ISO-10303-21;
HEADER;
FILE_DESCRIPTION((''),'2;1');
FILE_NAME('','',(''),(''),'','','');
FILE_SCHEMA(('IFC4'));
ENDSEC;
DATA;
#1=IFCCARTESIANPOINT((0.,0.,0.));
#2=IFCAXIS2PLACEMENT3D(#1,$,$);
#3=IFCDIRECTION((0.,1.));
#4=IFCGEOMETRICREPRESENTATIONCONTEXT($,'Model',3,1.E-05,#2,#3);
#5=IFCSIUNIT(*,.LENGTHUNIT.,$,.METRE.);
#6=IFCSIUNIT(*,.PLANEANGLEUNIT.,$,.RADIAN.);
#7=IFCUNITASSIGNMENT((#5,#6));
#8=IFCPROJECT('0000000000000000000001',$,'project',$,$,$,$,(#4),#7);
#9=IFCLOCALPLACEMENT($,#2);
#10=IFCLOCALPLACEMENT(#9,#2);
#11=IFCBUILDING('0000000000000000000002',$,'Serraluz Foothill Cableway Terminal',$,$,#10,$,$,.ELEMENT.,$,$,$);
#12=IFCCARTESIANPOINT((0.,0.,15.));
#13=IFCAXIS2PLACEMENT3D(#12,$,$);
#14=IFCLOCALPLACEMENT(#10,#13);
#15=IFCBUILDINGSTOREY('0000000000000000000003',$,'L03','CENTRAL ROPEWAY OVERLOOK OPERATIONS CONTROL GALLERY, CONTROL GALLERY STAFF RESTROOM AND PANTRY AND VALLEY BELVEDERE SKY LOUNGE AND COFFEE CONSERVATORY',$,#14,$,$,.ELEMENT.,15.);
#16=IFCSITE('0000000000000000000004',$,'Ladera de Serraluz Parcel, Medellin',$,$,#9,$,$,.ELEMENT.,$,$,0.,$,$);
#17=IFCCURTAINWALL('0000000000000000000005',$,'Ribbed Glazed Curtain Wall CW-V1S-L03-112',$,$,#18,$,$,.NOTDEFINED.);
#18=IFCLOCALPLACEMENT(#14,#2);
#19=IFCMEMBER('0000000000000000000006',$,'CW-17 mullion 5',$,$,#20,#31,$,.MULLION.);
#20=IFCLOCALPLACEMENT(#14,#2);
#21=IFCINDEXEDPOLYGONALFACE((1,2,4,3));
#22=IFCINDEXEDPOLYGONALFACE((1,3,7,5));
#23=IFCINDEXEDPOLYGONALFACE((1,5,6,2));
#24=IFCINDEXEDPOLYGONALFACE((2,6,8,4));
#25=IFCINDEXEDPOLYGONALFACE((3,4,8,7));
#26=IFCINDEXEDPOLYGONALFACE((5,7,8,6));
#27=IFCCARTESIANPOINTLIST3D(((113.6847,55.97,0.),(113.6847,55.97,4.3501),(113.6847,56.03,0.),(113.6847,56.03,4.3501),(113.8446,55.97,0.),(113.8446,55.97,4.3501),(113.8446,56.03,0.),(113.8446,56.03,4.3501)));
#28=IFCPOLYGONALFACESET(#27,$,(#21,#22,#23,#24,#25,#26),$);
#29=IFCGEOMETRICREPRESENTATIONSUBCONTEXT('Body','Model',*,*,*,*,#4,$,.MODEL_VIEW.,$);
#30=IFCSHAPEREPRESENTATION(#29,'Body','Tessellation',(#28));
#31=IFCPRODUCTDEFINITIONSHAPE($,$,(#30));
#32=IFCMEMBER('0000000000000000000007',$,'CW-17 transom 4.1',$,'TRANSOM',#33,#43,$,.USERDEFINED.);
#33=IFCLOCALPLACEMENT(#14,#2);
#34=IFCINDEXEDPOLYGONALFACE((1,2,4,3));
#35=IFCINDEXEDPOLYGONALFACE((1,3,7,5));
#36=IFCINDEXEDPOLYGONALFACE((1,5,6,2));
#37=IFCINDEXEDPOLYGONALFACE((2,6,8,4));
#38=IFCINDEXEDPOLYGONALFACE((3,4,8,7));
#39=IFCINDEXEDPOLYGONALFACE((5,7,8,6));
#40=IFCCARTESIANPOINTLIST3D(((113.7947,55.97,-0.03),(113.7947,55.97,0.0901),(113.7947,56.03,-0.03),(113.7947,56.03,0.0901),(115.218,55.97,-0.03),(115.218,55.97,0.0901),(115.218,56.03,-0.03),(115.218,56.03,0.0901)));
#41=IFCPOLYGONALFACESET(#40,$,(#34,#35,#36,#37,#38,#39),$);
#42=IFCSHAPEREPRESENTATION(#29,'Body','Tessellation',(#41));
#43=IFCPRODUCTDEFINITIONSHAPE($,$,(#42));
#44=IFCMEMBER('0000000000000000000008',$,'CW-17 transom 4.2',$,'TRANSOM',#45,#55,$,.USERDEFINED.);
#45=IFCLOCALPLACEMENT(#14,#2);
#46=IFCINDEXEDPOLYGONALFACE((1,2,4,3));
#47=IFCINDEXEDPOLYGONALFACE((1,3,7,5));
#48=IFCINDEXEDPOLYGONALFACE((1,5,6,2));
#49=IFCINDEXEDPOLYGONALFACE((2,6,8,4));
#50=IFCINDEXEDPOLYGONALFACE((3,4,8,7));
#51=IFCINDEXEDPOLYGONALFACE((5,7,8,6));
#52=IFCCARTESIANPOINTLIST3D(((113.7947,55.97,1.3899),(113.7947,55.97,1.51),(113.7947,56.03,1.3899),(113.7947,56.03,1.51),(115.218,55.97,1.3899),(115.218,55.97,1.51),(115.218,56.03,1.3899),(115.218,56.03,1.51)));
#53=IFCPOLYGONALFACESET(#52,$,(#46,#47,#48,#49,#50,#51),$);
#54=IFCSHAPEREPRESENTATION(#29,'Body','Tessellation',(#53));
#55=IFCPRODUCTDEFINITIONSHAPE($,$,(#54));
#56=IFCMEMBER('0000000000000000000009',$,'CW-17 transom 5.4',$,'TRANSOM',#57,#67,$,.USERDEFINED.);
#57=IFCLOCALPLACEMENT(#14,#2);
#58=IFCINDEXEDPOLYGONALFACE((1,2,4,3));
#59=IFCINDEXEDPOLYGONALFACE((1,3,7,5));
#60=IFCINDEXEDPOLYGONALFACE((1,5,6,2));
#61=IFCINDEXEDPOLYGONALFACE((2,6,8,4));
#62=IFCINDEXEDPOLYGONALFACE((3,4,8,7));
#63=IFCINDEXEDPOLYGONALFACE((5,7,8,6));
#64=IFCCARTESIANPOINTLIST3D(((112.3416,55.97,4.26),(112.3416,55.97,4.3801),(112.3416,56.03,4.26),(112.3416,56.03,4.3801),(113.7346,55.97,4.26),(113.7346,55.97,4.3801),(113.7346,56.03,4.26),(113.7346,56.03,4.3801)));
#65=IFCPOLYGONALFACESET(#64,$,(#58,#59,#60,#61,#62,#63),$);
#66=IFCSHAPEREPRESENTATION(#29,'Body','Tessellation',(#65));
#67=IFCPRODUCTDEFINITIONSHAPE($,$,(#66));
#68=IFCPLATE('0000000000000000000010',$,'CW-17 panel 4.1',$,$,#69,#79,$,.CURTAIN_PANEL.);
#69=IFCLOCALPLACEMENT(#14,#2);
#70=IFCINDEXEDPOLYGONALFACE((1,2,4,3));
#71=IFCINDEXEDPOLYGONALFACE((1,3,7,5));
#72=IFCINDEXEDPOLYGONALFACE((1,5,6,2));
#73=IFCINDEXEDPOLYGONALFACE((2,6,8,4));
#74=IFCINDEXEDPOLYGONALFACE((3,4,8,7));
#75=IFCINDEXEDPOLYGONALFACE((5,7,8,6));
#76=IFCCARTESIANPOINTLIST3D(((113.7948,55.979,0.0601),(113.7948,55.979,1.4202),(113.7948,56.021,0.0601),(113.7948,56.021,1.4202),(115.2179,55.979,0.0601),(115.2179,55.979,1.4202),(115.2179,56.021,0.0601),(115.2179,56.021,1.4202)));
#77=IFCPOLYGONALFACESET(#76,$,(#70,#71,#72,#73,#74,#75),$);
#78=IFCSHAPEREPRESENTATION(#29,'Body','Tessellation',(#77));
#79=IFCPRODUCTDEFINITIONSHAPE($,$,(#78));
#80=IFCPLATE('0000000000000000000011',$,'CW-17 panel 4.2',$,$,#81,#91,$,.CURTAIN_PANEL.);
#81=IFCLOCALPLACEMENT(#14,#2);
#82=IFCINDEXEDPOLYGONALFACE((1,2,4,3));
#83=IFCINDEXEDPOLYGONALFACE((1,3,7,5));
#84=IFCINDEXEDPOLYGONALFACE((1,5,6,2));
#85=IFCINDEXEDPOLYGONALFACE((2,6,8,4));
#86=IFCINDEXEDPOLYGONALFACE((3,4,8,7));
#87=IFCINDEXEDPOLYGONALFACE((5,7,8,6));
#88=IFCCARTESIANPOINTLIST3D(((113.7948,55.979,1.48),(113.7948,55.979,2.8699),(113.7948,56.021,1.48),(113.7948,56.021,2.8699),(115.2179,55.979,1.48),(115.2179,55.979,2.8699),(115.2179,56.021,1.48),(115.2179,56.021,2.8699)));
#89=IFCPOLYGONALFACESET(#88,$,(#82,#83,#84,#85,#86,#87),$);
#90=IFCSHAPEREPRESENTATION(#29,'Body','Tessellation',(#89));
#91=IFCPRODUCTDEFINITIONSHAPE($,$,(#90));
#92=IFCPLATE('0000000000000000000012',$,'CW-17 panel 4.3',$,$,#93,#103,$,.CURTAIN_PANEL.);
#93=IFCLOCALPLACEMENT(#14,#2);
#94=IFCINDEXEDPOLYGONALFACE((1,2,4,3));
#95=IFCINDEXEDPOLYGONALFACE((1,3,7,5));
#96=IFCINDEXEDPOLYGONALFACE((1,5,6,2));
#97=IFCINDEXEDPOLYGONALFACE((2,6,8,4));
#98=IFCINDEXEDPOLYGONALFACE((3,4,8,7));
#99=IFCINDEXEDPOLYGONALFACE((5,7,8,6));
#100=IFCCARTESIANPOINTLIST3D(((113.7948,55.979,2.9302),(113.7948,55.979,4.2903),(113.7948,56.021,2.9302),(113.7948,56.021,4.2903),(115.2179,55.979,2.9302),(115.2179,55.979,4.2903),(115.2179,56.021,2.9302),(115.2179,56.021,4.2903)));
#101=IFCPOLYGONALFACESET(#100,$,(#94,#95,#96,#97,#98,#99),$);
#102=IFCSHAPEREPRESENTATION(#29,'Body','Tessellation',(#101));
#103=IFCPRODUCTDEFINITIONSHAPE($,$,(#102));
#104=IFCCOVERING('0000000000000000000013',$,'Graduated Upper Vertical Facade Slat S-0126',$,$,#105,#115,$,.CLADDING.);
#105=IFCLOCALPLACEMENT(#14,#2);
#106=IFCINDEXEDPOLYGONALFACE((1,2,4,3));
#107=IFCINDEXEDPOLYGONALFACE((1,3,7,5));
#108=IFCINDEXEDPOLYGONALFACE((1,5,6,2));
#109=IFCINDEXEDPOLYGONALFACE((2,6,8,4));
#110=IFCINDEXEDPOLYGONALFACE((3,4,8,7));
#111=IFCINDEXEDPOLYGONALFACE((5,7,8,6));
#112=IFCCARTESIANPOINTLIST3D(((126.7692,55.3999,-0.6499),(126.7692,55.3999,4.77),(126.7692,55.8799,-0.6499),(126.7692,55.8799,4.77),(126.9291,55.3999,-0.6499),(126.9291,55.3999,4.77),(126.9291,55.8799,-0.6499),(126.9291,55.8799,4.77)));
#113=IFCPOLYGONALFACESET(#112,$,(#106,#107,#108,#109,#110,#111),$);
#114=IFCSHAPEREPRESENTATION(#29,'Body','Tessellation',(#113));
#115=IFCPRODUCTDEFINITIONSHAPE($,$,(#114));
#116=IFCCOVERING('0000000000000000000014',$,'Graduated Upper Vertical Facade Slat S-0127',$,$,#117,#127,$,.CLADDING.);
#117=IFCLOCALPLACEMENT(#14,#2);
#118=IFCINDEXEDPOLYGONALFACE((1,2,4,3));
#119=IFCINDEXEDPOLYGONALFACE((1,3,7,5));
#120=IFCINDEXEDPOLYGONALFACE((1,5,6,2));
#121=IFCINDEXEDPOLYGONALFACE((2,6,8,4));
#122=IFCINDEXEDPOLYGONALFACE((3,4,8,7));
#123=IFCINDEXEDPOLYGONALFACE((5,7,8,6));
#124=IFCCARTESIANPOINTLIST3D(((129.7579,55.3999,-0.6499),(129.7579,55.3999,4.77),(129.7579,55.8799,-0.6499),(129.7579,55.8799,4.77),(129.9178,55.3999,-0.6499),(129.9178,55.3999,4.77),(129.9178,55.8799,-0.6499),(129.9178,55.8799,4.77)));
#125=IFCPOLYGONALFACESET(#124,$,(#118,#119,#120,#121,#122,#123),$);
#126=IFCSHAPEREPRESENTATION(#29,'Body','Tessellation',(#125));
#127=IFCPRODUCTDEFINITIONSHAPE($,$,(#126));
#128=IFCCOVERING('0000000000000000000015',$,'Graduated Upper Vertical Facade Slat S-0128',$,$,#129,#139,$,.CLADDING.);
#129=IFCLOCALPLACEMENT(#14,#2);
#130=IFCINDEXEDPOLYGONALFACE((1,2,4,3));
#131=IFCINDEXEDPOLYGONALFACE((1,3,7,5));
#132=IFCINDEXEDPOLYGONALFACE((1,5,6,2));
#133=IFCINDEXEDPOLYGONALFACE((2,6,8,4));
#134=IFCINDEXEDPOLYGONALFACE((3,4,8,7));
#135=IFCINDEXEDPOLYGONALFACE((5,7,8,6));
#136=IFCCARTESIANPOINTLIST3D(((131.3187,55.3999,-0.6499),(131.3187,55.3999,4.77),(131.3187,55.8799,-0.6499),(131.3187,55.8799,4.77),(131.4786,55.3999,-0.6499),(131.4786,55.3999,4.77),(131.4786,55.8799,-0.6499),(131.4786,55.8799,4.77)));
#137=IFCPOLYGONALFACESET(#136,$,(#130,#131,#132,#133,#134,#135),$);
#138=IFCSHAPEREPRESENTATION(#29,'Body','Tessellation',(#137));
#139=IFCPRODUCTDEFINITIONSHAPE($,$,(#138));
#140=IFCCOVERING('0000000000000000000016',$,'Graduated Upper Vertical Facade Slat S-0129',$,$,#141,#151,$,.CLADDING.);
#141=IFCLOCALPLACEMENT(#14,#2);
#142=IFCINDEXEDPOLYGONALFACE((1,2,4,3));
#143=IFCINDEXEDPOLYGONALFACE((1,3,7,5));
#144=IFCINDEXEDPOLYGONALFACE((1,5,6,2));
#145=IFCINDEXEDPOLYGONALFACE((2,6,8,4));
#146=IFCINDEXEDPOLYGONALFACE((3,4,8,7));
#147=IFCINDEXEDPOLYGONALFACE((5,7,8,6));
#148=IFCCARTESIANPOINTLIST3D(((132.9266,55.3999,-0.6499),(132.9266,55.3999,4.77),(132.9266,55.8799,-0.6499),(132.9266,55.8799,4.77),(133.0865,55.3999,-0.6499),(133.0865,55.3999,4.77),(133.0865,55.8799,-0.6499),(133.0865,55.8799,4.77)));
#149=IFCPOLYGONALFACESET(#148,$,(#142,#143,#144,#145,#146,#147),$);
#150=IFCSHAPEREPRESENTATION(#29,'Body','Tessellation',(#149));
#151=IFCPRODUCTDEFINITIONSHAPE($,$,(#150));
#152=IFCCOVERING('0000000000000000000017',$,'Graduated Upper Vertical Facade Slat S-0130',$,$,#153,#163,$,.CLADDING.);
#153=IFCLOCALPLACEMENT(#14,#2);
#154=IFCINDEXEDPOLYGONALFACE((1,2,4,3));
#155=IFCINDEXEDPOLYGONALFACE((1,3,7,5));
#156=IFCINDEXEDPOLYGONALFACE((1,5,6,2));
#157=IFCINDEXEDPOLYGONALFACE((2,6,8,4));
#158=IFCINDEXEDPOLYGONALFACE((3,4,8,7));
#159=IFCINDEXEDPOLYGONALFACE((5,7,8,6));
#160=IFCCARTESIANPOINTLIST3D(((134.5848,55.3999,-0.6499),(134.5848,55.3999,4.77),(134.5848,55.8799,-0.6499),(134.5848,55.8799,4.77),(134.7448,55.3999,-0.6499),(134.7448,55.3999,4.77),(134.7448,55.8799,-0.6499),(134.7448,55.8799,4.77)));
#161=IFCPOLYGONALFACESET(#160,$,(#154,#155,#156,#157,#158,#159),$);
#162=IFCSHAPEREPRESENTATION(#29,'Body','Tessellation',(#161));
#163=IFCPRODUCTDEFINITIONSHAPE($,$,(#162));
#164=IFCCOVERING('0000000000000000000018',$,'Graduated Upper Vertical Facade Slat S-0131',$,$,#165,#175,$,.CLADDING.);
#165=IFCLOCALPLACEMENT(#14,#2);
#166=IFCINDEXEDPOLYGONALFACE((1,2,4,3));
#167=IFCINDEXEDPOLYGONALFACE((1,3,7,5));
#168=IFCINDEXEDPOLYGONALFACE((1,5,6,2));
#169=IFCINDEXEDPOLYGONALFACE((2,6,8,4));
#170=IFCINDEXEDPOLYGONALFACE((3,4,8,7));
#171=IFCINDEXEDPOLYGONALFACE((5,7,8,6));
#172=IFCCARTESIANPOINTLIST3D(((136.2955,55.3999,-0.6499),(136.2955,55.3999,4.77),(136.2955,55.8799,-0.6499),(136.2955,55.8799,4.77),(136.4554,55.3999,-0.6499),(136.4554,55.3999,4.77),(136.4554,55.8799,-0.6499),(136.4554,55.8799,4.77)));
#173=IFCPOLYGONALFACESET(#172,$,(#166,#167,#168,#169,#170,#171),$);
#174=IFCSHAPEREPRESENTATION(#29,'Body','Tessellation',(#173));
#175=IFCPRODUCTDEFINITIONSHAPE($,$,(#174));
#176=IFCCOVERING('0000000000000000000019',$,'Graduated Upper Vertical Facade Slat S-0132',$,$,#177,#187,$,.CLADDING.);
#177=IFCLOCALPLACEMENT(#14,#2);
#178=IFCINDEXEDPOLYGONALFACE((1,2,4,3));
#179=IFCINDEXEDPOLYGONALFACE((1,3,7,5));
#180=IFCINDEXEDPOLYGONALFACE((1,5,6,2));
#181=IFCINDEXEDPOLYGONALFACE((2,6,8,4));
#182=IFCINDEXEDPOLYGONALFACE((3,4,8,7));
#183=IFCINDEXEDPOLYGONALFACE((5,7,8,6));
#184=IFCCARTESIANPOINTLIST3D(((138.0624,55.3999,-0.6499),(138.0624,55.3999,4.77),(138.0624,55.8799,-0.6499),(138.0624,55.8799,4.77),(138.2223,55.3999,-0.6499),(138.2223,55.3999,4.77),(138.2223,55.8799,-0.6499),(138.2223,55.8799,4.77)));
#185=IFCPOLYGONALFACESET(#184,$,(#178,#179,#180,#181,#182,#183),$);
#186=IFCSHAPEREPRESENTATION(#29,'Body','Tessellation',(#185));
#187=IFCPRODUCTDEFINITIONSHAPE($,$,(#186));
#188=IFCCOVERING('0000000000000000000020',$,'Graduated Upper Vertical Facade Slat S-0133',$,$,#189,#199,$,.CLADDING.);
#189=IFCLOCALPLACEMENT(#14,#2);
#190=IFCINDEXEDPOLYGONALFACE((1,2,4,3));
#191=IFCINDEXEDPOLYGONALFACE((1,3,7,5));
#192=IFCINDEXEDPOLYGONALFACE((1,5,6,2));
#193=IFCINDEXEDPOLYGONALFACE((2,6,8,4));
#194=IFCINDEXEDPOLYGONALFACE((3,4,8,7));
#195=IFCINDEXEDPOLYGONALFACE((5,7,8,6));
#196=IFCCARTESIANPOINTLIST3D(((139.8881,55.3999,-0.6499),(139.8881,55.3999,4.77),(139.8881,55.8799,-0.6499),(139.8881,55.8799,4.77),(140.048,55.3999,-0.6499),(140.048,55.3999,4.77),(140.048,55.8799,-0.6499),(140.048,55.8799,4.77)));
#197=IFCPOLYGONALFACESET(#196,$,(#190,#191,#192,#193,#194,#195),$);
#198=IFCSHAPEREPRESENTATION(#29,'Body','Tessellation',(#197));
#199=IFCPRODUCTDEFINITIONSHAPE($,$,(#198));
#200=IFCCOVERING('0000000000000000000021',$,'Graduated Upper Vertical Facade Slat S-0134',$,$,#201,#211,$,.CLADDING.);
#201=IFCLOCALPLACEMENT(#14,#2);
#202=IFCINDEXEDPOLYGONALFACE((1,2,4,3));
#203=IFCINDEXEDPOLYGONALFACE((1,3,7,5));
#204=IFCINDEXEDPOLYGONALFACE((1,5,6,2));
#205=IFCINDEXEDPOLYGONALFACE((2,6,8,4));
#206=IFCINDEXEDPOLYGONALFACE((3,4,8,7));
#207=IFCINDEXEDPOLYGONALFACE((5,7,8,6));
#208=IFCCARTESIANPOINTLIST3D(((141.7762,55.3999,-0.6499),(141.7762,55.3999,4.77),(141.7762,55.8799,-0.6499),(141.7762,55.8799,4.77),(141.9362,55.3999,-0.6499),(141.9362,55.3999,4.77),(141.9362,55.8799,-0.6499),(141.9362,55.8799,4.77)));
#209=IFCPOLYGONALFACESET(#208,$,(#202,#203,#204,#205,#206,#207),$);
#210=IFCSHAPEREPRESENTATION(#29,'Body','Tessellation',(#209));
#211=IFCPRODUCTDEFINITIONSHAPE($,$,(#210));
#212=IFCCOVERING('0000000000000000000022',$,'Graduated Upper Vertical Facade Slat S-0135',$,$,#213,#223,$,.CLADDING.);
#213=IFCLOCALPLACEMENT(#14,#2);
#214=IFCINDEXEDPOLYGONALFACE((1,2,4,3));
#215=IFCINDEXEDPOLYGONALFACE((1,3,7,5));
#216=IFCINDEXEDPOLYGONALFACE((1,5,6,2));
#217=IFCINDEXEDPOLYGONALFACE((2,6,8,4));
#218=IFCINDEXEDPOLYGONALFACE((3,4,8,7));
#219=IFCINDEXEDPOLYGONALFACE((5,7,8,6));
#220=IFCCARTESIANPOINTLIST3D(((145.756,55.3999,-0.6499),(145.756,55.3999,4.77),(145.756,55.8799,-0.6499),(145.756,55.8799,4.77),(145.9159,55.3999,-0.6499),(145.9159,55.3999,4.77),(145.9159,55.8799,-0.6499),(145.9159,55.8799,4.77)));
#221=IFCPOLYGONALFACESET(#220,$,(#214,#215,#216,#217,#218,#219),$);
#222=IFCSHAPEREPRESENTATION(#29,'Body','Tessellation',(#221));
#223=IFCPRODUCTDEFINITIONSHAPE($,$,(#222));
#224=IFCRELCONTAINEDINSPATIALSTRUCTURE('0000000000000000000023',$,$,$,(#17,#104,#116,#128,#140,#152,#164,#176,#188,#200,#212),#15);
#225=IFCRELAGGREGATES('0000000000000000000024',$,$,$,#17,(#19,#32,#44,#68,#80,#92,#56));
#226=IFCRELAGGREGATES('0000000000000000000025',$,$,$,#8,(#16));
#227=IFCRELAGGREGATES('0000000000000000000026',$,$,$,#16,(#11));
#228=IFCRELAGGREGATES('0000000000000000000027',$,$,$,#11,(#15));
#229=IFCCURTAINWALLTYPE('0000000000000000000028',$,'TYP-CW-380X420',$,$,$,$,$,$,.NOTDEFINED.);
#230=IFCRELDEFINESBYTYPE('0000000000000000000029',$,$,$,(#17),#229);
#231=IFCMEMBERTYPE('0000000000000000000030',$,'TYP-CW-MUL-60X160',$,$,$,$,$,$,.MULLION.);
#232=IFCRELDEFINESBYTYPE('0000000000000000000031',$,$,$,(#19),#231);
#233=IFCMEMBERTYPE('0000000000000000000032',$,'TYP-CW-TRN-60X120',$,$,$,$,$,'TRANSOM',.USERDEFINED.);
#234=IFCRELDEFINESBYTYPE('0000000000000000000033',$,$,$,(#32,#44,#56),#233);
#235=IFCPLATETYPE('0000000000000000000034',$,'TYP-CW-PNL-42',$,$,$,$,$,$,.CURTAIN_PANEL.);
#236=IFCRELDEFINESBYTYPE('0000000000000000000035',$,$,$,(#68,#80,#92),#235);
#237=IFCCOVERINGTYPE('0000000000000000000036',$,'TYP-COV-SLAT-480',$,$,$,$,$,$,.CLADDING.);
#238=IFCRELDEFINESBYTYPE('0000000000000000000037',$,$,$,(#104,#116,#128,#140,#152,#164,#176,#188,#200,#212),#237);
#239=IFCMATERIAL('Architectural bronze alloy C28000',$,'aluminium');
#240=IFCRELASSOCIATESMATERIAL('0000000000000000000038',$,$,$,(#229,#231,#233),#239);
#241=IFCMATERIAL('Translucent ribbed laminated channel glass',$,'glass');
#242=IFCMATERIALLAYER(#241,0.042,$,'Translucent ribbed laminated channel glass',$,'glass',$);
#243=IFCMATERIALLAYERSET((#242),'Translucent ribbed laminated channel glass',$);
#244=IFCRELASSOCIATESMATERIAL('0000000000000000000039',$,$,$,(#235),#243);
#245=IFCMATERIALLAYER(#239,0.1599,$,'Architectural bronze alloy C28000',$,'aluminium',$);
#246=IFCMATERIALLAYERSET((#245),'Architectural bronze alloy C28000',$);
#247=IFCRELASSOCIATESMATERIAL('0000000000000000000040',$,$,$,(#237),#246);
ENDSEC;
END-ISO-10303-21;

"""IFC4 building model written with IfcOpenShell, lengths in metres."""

from ifc_helpers import new_model, si_unit, direction, frame, origin, origin_2d, place, context, subcontext, project, spatial, rectangle, extrude, material, layer, layer_set, material_profile, profile_set, type_object, element, aggregate, save


model = new_model("IFC4")

# Units and contexts
model_context = context("Model", 3, precision=1e-05, world=origin(), true_north=direction((0.0, 1.0)))
body_context = subcontext(model_context, "Body", "Model", "MODEL_VIEW")
ifc_project = project(units=[si_unit("LENGTHUNIT", "METRE"), si_unit("PLANEANGLEUNIT", "RADIAN")], contexts=[model_context])

# Site, building, storey
site_placement = place(None, origin())
site = spatial("IfcSite", under=ifc_project, at=site_placement, Name="Ladera de Serraluz Parcel, Medellin", CompositionType="ELEMENT", RefElevation=0.0)
building_placement = place(site_placement, origin())
building = spatial("IfcBuilding", under=site, at=building_placement, Name="Serraluz Foothill Cableway Terminal", CompositionType="ELEMENT")
storey_placement = place(building_placement, frame((0.0, 0.0, 15.0)))
storey = spatial("IfcBuildingStorey", under=building, at=storey_placement, Name="L03", Description="CENTRAL ROPEWAY OVERLOOK OPERATIONS CONTROL GALLERY, CONTROL GALLERY STAFF RESTROOM AND PANTRY AND VALLEY BELVEDERE SKY LOUNGE AND COFFEE CONSERVATORY", CompositionType="ELEMENT", Elevation=15.0)

# Curtain wall, members, plates
ifc_material_1 = material(Name="Architectural bronze alloy C28000", Category="aluminium")
curtain_wall_type = type_object("IfcCurtainWallType", Name="TYP-CW-380X420", PredefinedType="NOTDEFINED", material=ifc_material_1)
curtain_wall_placement = place(storey_placement, origin())
curtain_wall = element("IfcCurtainWall", 1, at=curtain_wall_placement, inside=storey, type_object=curtain_wall_type, Name="Ribbed Glazed Curtain Wall CW-V1S-L03-112", PredefinedType="NOTDEFINED")
ifc_material_profile_1 = material_profile(ifc_material_1, rectangle(XDim=0.0601, YDim=0.1599, at=origin_2d()), Name="ALU MULLION 60x160")
ifc_profile_set_1 = profile_set([ifc_material_profile_1], Name="Architectural bronze alloy C28000")
member_type_1 = type_object("IfcMemberType", Name="TYP-CW-MUL-60X160", PredefinedType="MULLION", material=ifc_profile_set_1)
member_1_placement = place(storey_placement, frame((113.7646, 56.0, 0.0), z_axis=(0.0, 0.0, 1.0), x_axis=(0.0, -1.0, 0.0)))
member_1 = element("IfcMember", 2, at=member_1_placement, type_object=member_type_1, Name="CW-17 mullion 5", PredefinedType="MULLION", context=body_context, shape_type="SweptSolid", body=[
    extrude(rectangle(XDim=0.0601, YDim=0.1599, at=origin_2d()), origin(), (0.0, 0.0, 1.0), 4.3501),
])
ifc_material_profile_2 = material_profile(ifc_material_1, rectangle(XDim=0.0601, YDim=0.1201, at=origin_2d()), Name="ALU TRANSOM 60x120")
ifc_profile_set_2 = profile_set([ifc_material_profile_2], Name="Architectural bronze alloy C28000")
member_type_2 = type_object("IfcMemberType", Name="TYP-CW-TRN-60X120", ElementType="TRANSOM", PredefinedType="USERDEFINED", material=ifc_profile_set_2)
member_2_placement = place(storey_placement, frame((115.218, 56.0, 0.03), z_axis=(-1.0, 0.0, 0.0), x_axis=(0.0, -1.0, 0.0)))
member_2 = element("IfcMember", 3, at=member_2_placement, type_object=member_type_2, Name="CW-17 transom 4.1", ObjectType="TRANSOM", PredefinedType="USERDEFINED", context=body_context, shape_type="SweptSolid", body=[
    extrude(rectangle(XDim=0.0601, YDim=0.1201, at=origin_2d()), origin(), (0.0, 0.0, 1.0), 1.4233),
])
member_3_placement = place(storey_placement, frame((115.218, 56.0, 1.45), z_axis=(-1.0, 0.0, 0.0), x_axis=(0.0, -1.0, 0.0)))
member_3 = element("IfcMember", 4, at=member_3_placement, type_object=member_type_2, Name="CW-17 transom 4.2", ObjectType="TRANSOM", PredefinedType="USERDEFINED", context=body_context, shape_type="SweptSolid", body=[
    extrude(rectangle(XDim=0.0601, YDim=0.1201, at=origin_2d()), origin(), (0.0, 0.0, 1.0), 1.4233),
])
member_4_placement = place(storey_placement, frame((113.7346, 56.0, 4.3201), z_axis=(-1.0, 0.0, 0.0), x_axis=(0.0, -1.0, 0.0)))
member_4 = element("IfcMember", 5, at=member_4_placement, type_object=member_type_2, Name="CW-17 transom 5.4", ObjectType="TRANSOM", PredefinedType="USERDEFINED", context=body_context, shape_type="SweptSolid", body=[
    extrude(rectangle(XDim=0.0601, YDim=0.1201, at=origin_2d()), origin(), (0.0, 0.0, 1.0), 1.3931),
])
ifc_material_2 = material(Name="Translucent ribbed laminated channel glass", Category="glass")
ifc_layer_1 = layer(ifc_material_2, 0.042, Name="Translucent ribbed laminated channel glass", Category="glass")
ifc_layer_set_1 = layer_set([ifc_layer_1], Name="Translucent ribbed laminated channel glass")
plate_type = type_object("IfcPlateType", Name="TYP-CW-PNL-42", PredefinedType="CURTAIN_PANEL", material=ifc_layer_set_1)
plate_1_placement = place(storey_placement, frame((114.5063, 56.0, 0.0601), z_axis=(0.0, 0.0, 1.0), x_axis=(-1.0, 0.0, 0.0)))
plate_1 = element("IfcPlate", 6, at=plate_1_placement, type_object=plate_type, Name="CW-17 panel 4.1", PredefinedType="CURTAIN_PANEL", context=body_context, shape_type="SweptSolid", body=[
    extrude(rectangle(XDim=1.4231, YDim=0.042, at=origin_2d()), origin(), (0.0, 0.0, 1.0), 1.3601),
])
plate_2_placement = place(storey_placement, frame((114.5063, 56.0, 1.48), z_axis=(0.0, 0.0, 1.0), x_axis=(-1.0, 0.0, 0.0)))
plate_2 = element("IfcPlate", 7, at=plate_2_placement, type_object=plate_type, Name="CW-17 panel 4.2", PredefinedType="CURTAIN_PANEL", context=body_context, shape_type="SweptSolid", body=[
    extrude(rectangle(XDim=1.4231, YDim=0.042, at=origin_2d()), origin(), (0.0, 0.0, 1.0), 1.3899),
])
plate_3_placement = place(storey_placement, frame((114.5063, 56.0, 2.9302), z_axis=(0.0, 0.0, 1.0), x_axis=(-1.0, 0.0, 0.0)))
plate_3 = element("IfcPlate", 8, at=plate_3_placement, type_object=plate_type, Name="CW-17 panel 4.3", PredefinedType="CURTAIN_PANEL", context=body_context, shape_type="SweptSolid", body=[
    extrude(rectangle(XDim=1.4231, YDim=0.042, at=origin_2d()), origin(), (0.0, 0.0, 1.0), 1.3601),
])
aggregate(curtain_wall, [member_1, member_2, member_3, plate_1, plate_2, plate_3, member_4])

# Coverings
ifc_layer_2 = layer(ifc_material_1, 0.1599, Name="Architectural bronze alloy C28000", Category="aluminium")
ifc_layer_set_2 = layer_set([ifc_layer_2], Name="Architectural bronze alloy C28000")
covering_type = type_object("IfcCoveringType", Name="TYP-COV-SLAT-480", PredefinedType="CLADDING", material=ifc_layer_set_2)
for number, where, z_axis, x_axis, name in (
    (9, (126.8491, 55.6399, -0.6499), (0.0, 0.0, 1.0), (1.0, 0.0, 0.0), "Graduated Upper Vertical Facade Slat S-0126"),
    (10, (129.8379, 55.6399, -0.6499), (0.0, 0.0, 1.0), (1.0, 0.0, 0.0), "Graduated Upper Vertical Facade Slat S-0127"),
    (11, (131.3987, 55.6399, -0.6499), (0.0, 0.0, 1.0), (1.0, 0.0, 0.0), "Graduated Upper Vertical Facade Slat S-0128"),
    (12, (133.0066, 55.6399, -0.6499), (0.0, 0.0, 1.0), (1.0, 0.0, 0.0), "Graduated Upper Vertical Facade Slat S-0129"),
    (13, (134.6648, 55.6399, -0.6499), (0.0, 0.0, 1.0), (1.0, 0.0, 0.0), "Graduated Upper Vertical Facade Slat S-0130"),
    (14, (136.3755, 55.6399, -0.6499), (0.0, 0.0, 1.0), (1.0, 0.0, 0.0), "Graduated Upper Vertical Facade Slat S-0131"),
    (15, (138.1423, 55.6399, -0.6499), (0.0, 0.0, 1.0), (1.0, 0.0, 0.0), "Graduated Upper Vertical Facade Slat S-0132"),
    (16, (139.968, 55.6399, -0.6499), (0.0, 0.0, 1.0), (1.0, 0.0, 0.0), "Graduated Upper Vertical Facade Slat S-0133"),
    (17, (141.8562, 55.6399, -0.6499), (0.0, 0.0, 1.0), (1.0, 0.0, 0.0), "Graduated Upper Vertical Facade Slat S-0134"),
    (18, (145.8359, 55.6399, -0.6499), (0.0, 0.0, 1.0), (1.0, 0.0, 0.0), "Graduated Upper Vertical Facade Slat S-0135"),
):
    element("IfcCovering", number, at=place(storey_placement, frame(where, z_axis=z_axis, x_axis=x_axis)), inside=storey, type_object=covering_type, Name=name, PredefinedType="CLADDING", context=body_context, shape_type="SweptSolid", body=[
        extrude(rectangle(XDim=0.1599, YDim=0.48, at=origin_2d()), origin(), (0.0, 0.0, 1.0), 5.4199),
    ])

save(model, "model.ifc")
